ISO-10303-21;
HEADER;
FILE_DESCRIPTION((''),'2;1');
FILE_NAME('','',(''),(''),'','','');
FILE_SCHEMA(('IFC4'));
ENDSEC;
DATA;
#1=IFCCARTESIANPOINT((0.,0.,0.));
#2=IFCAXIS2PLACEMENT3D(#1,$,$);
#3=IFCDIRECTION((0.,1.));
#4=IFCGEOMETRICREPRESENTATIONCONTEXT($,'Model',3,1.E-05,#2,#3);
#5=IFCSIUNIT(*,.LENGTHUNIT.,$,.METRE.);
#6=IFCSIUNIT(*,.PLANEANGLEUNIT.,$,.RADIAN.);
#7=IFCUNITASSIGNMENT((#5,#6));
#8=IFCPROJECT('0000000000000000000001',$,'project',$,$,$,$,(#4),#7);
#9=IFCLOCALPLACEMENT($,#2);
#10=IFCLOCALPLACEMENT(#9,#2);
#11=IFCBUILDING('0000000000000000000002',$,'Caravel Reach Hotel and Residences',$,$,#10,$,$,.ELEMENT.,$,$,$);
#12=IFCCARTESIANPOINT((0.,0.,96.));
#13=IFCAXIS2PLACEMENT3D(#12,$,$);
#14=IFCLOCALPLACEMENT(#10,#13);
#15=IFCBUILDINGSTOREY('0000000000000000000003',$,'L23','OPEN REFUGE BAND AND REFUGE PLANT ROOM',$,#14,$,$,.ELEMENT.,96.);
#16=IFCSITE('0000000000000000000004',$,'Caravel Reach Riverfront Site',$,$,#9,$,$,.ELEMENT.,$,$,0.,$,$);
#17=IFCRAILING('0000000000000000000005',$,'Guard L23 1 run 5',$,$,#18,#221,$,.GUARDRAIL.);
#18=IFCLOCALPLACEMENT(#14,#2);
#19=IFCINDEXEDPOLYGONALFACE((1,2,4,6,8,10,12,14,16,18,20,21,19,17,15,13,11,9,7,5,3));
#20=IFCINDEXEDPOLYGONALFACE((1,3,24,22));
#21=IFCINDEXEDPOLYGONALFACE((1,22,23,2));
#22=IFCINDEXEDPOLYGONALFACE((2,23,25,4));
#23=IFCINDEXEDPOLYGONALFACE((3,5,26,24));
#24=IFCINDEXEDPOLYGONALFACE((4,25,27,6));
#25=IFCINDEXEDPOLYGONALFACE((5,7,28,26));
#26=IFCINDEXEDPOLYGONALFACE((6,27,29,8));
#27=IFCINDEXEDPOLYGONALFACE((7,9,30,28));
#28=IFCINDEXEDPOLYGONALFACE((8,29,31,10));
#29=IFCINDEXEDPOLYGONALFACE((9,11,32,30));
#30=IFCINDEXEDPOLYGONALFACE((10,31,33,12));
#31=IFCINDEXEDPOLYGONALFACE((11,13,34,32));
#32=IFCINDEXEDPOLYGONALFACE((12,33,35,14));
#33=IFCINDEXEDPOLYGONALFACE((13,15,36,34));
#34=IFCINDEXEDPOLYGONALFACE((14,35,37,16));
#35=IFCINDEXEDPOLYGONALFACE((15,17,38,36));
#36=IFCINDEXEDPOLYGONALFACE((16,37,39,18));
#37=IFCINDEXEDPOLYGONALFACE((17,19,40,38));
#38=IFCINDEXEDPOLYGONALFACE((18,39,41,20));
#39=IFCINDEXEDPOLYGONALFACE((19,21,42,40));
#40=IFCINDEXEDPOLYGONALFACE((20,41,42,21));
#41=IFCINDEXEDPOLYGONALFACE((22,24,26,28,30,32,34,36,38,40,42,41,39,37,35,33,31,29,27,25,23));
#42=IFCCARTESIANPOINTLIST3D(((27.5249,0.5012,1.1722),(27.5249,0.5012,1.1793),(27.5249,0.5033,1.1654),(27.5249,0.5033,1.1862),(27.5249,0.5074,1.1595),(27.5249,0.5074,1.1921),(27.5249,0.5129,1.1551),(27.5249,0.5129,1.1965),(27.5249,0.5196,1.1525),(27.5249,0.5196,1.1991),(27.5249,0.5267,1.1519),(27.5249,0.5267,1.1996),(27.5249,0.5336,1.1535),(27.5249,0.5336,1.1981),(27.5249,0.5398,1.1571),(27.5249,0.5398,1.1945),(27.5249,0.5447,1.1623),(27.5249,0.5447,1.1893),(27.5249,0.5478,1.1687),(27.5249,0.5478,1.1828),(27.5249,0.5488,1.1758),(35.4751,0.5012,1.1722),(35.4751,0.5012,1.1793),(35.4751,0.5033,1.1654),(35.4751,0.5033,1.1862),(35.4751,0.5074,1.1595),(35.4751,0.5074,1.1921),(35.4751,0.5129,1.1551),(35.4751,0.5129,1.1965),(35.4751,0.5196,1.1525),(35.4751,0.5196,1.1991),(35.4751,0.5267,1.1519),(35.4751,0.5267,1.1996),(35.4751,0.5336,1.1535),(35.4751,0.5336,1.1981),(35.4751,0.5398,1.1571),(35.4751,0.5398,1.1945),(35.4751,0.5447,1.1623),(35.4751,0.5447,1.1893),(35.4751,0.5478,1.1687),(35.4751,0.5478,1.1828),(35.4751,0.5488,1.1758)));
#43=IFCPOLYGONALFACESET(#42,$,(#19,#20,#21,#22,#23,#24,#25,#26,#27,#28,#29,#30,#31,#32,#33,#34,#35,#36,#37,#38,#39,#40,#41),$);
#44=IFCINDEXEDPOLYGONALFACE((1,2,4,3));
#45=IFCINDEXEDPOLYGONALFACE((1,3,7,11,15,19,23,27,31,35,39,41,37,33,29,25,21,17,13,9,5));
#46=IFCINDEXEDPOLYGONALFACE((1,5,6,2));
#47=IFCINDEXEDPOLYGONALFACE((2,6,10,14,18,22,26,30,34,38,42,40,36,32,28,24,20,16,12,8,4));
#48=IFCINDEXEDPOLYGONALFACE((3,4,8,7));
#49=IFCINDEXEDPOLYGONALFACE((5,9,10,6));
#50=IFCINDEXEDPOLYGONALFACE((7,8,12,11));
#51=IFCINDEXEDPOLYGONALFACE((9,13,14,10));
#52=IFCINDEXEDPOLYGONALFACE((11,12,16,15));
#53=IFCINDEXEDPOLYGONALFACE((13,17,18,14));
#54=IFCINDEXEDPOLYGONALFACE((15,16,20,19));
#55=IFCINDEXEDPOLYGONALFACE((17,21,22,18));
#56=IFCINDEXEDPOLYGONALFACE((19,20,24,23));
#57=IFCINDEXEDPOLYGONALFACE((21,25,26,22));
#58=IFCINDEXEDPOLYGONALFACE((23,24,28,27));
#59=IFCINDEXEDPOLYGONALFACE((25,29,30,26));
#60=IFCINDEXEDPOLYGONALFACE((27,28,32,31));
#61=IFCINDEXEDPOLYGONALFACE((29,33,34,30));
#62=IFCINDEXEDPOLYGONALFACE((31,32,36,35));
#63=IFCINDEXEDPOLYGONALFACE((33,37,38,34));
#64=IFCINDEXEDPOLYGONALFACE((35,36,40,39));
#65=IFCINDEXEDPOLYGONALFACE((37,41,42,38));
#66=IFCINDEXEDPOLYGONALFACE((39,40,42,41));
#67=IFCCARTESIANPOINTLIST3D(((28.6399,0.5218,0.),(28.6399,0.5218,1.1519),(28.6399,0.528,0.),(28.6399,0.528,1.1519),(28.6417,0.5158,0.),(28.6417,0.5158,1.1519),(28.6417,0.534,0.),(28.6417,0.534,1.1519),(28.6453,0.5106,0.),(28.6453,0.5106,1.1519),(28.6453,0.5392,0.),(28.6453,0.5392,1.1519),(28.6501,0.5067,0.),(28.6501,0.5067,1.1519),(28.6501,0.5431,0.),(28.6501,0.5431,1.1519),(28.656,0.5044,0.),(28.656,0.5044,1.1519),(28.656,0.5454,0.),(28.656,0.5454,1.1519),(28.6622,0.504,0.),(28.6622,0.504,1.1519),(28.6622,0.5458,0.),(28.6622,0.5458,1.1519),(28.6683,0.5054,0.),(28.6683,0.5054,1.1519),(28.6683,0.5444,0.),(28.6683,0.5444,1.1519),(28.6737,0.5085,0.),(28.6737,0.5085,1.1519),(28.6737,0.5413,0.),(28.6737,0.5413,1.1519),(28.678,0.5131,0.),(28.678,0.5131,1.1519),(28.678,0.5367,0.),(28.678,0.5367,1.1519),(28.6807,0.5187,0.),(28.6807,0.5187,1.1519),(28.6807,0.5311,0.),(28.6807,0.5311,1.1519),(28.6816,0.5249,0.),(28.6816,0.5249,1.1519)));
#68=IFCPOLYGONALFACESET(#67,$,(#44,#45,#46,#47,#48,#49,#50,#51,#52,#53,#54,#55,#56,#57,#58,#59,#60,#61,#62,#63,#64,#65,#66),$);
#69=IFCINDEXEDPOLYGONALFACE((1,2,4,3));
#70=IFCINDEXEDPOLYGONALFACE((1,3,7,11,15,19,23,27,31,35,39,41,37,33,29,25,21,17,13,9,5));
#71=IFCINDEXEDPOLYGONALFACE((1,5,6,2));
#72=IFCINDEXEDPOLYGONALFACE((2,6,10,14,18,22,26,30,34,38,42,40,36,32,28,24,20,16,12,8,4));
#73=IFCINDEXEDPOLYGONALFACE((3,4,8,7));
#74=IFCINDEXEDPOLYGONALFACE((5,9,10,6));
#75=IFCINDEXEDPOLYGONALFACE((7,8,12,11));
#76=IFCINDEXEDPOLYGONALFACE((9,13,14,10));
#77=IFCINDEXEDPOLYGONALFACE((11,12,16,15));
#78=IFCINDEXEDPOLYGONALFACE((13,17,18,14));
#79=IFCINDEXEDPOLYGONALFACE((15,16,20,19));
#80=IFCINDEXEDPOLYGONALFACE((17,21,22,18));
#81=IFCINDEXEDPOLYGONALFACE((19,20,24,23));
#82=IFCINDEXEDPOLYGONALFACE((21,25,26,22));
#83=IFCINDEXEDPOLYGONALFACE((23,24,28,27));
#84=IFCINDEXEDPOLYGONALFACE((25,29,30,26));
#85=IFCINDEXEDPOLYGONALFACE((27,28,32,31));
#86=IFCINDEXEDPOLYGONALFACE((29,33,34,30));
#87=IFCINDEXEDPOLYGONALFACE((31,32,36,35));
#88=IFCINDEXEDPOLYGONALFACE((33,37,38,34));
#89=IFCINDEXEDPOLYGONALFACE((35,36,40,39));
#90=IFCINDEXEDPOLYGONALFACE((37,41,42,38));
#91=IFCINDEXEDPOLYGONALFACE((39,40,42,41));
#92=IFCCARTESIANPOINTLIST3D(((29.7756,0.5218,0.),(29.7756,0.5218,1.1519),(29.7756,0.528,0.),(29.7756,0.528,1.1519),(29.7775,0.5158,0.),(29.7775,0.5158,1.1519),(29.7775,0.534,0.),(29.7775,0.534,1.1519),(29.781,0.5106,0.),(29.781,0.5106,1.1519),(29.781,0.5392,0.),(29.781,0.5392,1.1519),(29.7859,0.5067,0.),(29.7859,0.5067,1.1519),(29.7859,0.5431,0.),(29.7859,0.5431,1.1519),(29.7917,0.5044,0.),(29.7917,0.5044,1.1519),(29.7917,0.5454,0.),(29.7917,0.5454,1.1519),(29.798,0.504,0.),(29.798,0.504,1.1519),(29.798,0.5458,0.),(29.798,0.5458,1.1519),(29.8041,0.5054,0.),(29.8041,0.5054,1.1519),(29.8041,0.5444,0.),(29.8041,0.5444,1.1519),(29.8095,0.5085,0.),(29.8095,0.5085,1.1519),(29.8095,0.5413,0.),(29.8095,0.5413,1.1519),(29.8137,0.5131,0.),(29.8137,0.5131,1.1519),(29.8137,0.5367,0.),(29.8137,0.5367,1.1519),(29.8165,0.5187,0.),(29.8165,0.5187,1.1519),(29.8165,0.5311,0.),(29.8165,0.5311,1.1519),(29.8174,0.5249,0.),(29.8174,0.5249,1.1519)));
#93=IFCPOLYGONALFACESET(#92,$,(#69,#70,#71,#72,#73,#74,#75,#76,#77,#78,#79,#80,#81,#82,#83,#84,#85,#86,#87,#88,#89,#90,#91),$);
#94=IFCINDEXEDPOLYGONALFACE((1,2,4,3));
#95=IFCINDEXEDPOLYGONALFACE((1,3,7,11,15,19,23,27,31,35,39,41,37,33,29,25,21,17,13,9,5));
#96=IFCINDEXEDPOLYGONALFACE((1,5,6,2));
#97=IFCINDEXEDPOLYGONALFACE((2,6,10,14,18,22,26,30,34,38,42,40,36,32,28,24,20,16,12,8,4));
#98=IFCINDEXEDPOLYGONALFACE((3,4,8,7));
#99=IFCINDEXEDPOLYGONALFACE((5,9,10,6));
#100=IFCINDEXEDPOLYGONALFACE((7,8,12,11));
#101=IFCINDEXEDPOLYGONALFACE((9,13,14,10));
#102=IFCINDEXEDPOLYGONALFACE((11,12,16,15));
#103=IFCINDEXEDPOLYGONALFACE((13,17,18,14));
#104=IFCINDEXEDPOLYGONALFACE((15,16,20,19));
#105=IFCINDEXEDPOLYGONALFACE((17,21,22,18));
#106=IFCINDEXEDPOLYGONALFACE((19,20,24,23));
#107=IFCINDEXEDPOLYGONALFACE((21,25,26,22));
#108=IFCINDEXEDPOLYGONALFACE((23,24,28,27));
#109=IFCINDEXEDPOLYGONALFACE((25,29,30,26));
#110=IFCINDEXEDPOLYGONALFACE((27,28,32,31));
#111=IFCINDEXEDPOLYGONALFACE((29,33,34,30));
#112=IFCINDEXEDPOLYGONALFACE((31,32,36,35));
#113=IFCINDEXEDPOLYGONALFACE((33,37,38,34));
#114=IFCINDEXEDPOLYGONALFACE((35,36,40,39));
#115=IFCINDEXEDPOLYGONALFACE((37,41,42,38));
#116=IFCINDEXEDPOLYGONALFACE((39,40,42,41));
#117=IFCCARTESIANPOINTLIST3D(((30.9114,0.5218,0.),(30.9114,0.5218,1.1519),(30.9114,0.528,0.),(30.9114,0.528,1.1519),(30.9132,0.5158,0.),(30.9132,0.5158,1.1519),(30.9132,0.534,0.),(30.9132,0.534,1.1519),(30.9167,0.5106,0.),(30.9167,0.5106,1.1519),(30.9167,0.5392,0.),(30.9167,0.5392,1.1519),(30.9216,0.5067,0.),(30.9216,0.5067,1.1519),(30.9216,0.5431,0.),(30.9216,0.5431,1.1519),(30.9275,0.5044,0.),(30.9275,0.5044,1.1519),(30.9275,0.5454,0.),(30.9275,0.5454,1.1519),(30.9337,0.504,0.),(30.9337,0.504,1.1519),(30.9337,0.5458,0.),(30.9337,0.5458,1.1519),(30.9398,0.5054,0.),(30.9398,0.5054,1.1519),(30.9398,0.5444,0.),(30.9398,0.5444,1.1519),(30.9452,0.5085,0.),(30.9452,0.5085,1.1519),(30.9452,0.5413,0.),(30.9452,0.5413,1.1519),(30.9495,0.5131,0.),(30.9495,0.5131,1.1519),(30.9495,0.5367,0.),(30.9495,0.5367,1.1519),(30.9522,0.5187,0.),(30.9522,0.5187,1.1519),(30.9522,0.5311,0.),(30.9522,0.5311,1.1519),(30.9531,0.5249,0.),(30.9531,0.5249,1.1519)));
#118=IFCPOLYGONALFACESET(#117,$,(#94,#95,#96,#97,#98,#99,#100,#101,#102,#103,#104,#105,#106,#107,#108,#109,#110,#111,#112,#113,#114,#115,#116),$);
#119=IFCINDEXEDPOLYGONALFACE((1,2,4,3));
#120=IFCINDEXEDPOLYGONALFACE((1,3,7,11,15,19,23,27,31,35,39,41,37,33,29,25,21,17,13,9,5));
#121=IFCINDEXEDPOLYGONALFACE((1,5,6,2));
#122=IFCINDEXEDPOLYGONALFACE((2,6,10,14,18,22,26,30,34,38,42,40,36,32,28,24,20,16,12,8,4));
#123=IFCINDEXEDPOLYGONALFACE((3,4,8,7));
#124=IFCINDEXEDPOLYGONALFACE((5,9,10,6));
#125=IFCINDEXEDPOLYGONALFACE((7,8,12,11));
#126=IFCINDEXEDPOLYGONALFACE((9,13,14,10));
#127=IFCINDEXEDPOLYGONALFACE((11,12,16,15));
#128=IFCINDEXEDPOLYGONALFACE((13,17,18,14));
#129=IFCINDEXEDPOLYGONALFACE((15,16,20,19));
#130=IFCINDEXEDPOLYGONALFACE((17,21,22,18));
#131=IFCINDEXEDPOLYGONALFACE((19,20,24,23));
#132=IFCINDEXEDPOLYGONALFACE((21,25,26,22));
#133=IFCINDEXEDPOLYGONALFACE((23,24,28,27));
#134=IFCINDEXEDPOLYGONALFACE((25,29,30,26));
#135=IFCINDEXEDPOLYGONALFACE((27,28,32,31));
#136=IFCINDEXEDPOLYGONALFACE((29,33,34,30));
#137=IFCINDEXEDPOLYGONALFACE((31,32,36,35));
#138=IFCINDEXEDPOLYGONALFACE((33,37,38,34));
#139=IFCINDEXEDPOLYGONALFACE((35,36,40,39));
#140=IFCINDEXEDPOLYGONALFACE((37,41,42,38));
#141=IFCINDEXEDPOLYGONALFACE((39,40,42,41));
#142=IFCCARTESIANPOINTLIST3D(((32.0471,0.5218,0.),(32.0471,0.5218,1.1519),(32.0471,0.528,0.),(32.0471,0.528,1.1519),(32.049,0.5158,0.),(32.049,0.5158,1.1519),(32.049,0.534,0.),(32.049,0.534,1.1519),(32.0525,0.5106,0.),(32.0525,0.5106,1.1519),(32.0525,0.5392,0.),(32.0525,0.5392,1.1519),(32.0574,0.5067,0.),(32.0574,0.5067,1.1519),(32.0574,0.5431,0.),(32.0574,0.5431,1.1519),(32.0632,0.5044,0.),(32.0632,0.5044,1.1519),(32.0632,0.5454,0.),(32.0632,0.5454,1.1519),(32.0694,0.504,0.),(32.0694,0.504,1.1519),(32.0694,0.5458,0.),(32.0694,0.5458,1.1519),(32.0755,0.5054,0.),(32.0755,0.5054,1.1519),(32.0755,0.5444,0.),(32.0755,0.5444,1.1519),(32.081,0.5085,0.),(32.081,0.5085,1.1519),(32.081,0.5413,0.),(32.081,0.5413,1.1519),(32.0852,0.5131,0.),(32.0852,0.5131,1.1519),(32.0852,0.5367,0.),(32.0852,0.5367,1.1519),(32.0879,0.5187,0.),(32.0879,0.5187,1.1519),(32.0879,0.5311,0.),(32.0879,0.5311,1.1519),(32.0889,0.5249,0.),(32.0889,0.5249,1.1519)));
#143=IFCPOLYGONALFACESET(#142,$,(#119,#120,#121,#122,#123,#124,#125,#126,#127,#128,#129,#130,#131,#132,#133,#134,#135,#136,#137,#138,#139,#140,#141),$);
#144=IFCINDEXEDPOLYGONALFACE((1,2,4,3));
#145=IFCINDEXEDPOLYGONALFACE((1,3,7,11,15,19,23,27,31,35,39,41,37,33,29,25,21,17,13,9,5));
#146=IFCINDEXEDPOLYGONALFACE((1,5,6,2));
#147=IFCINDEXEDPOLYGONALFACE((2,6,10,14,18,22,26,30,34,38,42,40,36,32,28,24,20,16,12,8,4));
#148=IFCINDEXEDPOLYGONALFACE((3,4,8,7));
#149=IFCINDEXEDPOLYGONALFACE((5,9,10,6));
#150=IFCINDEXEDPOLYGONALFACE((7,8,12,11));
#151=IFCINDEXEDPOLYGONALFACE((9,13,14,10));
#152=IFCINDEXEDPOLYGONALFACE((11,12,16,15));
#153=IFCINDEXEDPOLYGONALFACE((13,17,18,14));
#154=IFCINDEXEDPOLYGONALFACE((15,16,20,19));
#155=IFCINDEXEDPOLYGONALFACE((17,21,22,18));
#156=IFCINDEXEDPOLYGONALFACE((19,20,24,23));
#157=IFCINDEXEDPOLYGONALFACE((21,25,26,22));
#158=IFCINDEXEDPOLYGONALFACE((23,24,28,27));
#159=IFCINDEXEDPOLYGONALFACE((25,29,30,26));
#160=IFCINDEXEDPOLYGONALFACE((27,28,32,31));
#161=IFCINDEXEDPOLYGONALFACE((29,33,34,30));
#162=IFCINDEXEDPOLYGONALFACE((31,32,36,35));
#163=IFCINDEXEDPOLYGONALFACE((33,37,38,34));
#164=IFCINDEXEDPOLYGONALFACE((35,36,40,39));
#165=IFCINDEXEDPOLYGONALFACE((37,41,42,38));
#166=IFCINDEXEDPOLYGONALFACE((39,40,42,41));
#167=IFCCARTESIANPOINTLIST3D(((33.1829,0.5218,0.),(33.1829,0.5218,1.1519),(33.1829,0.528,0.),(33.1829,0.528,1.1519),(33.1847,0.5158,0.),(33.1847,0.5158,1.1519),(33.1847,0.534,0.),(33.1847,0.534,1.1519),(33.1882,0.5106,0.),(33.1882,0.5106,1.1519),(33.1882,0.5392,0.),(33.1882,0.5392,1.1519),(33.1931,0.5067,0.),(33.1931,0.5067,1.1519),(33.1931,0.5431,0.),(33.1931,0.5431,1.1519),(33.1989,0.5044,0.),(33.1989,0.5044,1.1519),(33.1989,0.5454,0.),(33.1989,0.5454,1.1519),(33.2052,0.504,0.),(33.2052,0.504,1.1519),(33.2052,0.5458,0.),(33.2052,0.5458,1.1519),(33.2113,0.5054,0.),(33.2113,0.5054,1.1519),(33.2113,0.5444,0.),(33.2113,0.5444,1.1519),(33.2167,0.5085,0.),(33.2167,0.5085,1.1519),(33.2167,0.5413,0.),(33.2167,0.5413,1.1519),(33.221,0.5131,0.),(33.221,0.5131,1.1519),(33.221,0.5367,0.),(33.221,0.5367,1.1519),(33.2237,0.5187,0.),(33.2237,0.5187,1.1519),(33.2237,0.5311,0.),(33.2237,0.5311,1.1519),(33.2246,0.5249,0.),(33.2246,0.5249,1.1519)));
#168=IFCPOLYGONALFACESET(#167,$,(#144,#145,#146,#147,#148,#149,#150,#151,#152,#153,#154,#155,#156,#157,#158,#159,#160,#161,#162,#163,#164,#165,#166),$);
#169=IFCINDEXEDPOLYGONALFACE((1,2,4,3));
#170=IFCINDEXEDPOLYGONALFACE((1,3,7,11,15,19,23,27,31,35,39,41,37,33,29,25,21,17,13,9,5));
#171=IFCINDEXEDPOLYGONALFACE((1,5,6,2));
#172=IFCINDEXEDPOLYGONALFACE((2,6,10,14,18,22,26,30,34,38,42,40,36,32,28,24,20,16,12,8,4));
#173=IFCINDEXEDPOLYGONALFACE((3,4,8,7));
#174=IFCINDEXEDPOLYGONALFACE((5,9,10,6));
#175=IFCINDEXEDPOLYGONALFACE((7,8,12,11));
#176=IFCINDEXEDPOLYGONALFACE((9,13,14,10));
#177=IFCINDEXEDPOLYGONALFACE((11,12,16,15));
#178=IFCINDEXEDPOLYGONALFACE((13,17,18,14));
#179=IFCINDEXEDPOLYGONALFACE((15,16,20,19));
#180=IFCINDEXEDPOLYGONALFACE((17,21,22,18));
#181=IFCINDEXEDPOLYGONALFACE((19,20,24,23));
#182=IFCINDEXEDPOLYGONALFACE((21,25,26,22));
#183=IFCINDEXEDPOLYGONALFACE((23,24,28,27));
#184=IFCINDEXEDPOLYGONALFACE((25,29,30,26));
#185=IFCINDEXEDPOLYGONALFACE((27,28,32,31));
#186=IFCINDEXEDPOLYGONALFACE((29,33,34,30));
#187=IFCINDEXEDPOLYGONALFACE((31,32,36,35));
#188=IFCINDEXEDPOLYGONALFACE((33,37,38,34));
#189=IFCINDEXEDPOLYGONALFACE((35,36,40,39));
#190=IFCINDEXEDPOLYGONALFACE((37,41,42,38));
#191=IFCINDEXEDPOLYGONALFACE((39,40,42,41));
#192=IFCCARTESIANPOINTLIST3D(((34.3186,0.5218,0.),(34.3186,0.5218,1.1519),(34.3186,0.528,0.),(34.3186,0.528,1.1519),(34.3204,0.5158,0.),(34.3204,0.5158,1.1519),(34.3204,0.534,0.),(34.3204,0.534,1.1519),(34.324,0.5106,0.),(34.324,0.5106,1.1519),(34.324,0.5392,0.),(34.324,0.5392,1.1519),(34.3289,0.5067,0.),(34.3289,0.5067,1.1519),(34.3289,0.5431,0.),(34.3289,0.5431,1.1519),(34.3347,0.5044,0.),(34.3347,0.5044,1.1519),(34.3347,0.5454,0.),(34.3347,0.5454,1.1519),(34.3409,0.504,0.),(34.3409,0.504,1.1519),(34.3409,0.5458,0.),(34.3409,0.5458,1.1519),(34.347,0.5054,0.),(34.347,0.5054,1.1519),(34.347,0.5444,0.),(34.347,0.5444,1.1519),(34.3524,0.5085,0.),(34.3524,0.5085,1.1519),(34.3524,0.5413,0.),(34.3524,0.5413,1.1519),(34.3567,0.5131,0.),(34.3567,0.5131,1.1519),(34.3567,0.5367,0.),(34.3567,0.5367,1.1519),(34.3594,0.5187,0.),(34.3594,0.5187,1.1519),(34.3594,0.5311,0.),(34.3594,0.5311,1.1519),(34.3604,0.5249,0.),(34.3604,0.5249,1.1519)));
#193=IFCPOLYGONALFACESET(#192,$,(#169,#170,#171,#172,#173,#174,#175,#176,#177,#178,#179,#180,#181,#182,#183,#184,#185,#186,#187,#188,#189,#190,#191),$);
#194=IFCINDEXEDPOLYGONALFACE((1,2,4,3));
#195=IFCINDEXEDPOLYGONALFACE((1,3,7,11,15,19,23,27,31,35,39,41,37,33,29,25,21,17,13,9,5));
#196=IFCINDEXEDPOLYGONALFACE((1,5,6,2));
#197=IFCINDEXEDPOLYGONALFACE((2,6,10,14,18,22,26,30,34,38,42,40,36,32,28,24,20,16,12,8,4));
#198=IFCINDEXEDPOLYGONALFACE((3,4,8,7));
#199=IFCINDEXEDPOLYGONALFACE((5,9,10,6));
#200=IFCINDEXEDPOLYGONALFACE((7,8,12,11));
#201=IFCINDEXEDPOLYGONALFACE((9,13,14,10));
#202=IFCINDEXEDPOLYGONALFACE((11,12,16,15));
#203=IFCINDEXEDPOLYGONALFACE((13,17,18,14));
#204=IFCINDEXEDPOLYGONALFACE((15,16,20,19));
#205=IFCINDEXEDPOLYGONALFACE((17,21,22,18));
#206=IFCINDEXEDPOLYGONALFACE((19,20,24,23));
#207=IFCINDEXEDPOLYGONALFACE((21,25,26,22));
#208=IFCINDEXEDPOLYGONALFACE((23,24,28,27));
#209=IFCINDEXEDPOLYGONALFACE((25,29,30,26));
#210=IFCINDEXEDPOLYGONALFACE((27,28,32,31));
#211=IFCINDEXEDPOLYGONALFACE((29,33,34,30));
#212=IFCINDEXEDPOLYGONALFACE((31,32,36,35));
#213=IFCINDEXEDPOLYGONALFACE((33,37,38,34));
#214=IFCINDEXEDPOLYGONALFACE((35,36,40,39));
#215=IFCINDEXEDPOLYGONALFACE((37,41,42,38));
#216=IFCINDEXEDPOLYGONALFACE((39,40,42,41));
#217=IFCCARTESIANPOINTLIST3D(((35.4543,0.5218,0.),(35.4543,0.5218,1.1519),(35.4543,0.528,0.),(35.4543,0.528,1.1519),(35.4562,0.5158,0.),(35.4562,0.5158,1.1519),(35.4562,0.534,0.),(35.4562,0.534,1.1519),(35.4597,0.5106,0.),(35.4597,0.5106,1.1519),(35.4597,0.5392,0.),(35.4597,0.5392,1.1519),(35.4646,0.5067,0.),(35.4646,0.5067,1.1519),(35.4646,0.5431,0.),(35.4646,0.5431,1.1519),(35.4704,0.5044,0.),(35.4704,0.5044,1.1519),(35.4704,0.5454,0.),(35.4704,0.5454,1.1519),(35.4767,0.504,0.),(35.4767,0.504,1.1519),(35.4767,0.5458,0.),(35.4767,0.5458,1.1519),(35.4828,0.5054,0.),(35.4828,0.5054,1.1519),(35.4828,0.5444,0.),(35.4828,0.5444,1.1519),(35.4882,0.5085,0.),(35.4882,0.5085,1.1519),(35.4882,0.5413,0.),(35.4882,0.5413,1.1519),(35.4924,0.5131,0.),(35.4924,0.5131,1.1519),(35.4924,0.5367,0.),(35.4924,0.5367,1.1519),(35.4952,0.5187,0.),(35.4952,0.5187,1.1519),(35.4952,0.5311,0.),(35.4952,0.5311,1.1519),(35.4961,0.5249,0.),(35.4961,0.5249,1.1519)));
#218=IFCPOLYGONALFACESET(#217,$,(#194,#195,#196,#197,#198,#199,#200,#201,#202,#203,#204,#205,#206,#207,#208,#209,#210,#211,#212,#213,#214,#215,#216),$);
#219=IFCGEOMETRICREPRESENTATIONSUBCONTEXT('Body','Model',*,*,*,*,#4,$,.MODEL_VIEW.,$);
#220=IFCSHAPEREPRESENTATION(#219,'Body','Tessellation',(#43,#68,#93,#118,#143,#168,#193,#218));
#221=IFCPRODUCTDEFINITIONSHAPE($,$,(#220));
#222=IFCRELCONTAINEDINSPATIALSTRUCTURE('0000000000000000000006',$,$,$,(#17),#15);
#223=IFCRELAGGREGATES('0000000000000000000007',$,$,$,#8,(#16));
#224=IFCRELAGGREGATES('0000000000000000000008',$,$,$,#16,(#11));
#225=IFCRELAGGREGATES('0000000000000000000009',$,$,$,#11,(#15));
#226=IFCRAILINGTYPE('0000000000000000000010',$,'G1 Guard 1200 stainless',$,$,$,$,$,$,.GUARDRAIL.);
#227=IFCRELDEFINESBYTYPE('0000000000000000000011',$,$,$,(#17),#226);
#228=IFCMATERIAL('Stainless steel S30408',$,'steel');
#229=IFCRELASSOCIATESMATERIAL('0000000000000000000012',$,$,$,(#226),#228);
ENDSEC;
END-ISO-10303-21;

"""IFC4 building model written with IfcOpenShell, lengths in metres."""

from ifc_helpers import new_model, si_unit, direction, frame, origin, origin_2d, place, context, subcontext, project, spatial, circle, extrude, material, type_object, element, save


model = new_model("IFC4")

# Units and contexts
model_context = context("Model", 3, precision=1e-05, world=origin(), true_north=direction((0.0, 1.0)))
body_context = subcontext(model_context, "Body", "Model", "MODEL_VIEW")
ifc_project = project(units=[si_unit("LENGTHUNIT", "METRE"), si_unit("PLANEANGLEUNIT", "RADIAN")], contexts=[model_context])

# Site, building, storey
site_placement = place(None, origin())
site = spatial("IfcSite", under=ifc_project, at=site_placement, Name="Caravel Reach Riverfront Site", CompositionType="ELEMENT", RefElevation=0.0)
building_placement = place(site_placement, origin())
building = spatial("IfcBuilding", under=site, at=building_placement, Name="Caravel Reach Hotel and Residences", CompositionType="ELEMENT")
storey_placement = place(building_placement, frame((0.0, 0.0, 96.0)))
storey = spatial("IfcBuildingStorey", under=building, at=storey_placement, Name="L23", Description="OPEN REFUGE BAND AND REFUGE PLANT ROOM", CompositionType="ELEMENT", Elevation=96.0)

# Railing
ifc_material_1 = material(Name="Stainless steel S30408", Category="steel")
railing_type = type_object("IfcRailingType", Name="G1 Guard 1200 stainless", PredefinedType="GUARDRAIL", material=ifc_material_1)
railing_1_placement = place(storey_placement, frame((27.5249, 0.5249, 0.0)))
element("IfcRailing", 1, at=railing_1_placement, inside=storey, type_object=railing_type, Name="Guard L23 1 run 5", PredefinedType="GUARDRAIL", context=body_context, shape_type="SweptSolid", body=[
    extrude(circle(Radius=0.0239, at=origin_2d()), frame((0.0, 0.0, 1.1758), z_axis=(1.0, 0.0, 0.0), x_axis=(0.0, 1.0, 0.0)), (0.0, 0.0, 1.0), 7.9502),
    extrude(circle(Radius=0.021, at=origin_2d()), frame((1.1357, 0.0, 0.0)), (0.0, 0.0, 1.0), 1.1519),
    extrude(circle(Radius=0.021, at=origin_2d()), frame((2.2715, 0.0, 0.0)), (0.0, 0.0, 1.0), 1.1519),
    extrude(circle(Radius=0.021, at=origin_2d()), frame((3.4072, 0.0, 0.0)), (0.0, 0.0, 1.0), 1.1519),
    extrude(circle(Radius=0.021, at=origin_2d()), frame((4.543, 0.0, 0.0)), (0.0, 0.0, 1.0), 1.1519),
    extrude(circle(Radius=0.021, at=origin_2d()), frame((5.6787, 0.0, 0.0)), (0.0, 0.0, 1.0), 1.1519),
    extrude(circle(Radius=0.021, at=origin_2d()), frame((6.8145, 0.0, 0.0)), (0.0, 0.0, 1.0), 1.1519),
    extrude(circle(Radius=0.021, at=origin_2d()), frame((7.9502, 0.0, 0.0)), (0.0, 0.0, 1.0), 1.1519),
])

save(model, "model.ifc")
